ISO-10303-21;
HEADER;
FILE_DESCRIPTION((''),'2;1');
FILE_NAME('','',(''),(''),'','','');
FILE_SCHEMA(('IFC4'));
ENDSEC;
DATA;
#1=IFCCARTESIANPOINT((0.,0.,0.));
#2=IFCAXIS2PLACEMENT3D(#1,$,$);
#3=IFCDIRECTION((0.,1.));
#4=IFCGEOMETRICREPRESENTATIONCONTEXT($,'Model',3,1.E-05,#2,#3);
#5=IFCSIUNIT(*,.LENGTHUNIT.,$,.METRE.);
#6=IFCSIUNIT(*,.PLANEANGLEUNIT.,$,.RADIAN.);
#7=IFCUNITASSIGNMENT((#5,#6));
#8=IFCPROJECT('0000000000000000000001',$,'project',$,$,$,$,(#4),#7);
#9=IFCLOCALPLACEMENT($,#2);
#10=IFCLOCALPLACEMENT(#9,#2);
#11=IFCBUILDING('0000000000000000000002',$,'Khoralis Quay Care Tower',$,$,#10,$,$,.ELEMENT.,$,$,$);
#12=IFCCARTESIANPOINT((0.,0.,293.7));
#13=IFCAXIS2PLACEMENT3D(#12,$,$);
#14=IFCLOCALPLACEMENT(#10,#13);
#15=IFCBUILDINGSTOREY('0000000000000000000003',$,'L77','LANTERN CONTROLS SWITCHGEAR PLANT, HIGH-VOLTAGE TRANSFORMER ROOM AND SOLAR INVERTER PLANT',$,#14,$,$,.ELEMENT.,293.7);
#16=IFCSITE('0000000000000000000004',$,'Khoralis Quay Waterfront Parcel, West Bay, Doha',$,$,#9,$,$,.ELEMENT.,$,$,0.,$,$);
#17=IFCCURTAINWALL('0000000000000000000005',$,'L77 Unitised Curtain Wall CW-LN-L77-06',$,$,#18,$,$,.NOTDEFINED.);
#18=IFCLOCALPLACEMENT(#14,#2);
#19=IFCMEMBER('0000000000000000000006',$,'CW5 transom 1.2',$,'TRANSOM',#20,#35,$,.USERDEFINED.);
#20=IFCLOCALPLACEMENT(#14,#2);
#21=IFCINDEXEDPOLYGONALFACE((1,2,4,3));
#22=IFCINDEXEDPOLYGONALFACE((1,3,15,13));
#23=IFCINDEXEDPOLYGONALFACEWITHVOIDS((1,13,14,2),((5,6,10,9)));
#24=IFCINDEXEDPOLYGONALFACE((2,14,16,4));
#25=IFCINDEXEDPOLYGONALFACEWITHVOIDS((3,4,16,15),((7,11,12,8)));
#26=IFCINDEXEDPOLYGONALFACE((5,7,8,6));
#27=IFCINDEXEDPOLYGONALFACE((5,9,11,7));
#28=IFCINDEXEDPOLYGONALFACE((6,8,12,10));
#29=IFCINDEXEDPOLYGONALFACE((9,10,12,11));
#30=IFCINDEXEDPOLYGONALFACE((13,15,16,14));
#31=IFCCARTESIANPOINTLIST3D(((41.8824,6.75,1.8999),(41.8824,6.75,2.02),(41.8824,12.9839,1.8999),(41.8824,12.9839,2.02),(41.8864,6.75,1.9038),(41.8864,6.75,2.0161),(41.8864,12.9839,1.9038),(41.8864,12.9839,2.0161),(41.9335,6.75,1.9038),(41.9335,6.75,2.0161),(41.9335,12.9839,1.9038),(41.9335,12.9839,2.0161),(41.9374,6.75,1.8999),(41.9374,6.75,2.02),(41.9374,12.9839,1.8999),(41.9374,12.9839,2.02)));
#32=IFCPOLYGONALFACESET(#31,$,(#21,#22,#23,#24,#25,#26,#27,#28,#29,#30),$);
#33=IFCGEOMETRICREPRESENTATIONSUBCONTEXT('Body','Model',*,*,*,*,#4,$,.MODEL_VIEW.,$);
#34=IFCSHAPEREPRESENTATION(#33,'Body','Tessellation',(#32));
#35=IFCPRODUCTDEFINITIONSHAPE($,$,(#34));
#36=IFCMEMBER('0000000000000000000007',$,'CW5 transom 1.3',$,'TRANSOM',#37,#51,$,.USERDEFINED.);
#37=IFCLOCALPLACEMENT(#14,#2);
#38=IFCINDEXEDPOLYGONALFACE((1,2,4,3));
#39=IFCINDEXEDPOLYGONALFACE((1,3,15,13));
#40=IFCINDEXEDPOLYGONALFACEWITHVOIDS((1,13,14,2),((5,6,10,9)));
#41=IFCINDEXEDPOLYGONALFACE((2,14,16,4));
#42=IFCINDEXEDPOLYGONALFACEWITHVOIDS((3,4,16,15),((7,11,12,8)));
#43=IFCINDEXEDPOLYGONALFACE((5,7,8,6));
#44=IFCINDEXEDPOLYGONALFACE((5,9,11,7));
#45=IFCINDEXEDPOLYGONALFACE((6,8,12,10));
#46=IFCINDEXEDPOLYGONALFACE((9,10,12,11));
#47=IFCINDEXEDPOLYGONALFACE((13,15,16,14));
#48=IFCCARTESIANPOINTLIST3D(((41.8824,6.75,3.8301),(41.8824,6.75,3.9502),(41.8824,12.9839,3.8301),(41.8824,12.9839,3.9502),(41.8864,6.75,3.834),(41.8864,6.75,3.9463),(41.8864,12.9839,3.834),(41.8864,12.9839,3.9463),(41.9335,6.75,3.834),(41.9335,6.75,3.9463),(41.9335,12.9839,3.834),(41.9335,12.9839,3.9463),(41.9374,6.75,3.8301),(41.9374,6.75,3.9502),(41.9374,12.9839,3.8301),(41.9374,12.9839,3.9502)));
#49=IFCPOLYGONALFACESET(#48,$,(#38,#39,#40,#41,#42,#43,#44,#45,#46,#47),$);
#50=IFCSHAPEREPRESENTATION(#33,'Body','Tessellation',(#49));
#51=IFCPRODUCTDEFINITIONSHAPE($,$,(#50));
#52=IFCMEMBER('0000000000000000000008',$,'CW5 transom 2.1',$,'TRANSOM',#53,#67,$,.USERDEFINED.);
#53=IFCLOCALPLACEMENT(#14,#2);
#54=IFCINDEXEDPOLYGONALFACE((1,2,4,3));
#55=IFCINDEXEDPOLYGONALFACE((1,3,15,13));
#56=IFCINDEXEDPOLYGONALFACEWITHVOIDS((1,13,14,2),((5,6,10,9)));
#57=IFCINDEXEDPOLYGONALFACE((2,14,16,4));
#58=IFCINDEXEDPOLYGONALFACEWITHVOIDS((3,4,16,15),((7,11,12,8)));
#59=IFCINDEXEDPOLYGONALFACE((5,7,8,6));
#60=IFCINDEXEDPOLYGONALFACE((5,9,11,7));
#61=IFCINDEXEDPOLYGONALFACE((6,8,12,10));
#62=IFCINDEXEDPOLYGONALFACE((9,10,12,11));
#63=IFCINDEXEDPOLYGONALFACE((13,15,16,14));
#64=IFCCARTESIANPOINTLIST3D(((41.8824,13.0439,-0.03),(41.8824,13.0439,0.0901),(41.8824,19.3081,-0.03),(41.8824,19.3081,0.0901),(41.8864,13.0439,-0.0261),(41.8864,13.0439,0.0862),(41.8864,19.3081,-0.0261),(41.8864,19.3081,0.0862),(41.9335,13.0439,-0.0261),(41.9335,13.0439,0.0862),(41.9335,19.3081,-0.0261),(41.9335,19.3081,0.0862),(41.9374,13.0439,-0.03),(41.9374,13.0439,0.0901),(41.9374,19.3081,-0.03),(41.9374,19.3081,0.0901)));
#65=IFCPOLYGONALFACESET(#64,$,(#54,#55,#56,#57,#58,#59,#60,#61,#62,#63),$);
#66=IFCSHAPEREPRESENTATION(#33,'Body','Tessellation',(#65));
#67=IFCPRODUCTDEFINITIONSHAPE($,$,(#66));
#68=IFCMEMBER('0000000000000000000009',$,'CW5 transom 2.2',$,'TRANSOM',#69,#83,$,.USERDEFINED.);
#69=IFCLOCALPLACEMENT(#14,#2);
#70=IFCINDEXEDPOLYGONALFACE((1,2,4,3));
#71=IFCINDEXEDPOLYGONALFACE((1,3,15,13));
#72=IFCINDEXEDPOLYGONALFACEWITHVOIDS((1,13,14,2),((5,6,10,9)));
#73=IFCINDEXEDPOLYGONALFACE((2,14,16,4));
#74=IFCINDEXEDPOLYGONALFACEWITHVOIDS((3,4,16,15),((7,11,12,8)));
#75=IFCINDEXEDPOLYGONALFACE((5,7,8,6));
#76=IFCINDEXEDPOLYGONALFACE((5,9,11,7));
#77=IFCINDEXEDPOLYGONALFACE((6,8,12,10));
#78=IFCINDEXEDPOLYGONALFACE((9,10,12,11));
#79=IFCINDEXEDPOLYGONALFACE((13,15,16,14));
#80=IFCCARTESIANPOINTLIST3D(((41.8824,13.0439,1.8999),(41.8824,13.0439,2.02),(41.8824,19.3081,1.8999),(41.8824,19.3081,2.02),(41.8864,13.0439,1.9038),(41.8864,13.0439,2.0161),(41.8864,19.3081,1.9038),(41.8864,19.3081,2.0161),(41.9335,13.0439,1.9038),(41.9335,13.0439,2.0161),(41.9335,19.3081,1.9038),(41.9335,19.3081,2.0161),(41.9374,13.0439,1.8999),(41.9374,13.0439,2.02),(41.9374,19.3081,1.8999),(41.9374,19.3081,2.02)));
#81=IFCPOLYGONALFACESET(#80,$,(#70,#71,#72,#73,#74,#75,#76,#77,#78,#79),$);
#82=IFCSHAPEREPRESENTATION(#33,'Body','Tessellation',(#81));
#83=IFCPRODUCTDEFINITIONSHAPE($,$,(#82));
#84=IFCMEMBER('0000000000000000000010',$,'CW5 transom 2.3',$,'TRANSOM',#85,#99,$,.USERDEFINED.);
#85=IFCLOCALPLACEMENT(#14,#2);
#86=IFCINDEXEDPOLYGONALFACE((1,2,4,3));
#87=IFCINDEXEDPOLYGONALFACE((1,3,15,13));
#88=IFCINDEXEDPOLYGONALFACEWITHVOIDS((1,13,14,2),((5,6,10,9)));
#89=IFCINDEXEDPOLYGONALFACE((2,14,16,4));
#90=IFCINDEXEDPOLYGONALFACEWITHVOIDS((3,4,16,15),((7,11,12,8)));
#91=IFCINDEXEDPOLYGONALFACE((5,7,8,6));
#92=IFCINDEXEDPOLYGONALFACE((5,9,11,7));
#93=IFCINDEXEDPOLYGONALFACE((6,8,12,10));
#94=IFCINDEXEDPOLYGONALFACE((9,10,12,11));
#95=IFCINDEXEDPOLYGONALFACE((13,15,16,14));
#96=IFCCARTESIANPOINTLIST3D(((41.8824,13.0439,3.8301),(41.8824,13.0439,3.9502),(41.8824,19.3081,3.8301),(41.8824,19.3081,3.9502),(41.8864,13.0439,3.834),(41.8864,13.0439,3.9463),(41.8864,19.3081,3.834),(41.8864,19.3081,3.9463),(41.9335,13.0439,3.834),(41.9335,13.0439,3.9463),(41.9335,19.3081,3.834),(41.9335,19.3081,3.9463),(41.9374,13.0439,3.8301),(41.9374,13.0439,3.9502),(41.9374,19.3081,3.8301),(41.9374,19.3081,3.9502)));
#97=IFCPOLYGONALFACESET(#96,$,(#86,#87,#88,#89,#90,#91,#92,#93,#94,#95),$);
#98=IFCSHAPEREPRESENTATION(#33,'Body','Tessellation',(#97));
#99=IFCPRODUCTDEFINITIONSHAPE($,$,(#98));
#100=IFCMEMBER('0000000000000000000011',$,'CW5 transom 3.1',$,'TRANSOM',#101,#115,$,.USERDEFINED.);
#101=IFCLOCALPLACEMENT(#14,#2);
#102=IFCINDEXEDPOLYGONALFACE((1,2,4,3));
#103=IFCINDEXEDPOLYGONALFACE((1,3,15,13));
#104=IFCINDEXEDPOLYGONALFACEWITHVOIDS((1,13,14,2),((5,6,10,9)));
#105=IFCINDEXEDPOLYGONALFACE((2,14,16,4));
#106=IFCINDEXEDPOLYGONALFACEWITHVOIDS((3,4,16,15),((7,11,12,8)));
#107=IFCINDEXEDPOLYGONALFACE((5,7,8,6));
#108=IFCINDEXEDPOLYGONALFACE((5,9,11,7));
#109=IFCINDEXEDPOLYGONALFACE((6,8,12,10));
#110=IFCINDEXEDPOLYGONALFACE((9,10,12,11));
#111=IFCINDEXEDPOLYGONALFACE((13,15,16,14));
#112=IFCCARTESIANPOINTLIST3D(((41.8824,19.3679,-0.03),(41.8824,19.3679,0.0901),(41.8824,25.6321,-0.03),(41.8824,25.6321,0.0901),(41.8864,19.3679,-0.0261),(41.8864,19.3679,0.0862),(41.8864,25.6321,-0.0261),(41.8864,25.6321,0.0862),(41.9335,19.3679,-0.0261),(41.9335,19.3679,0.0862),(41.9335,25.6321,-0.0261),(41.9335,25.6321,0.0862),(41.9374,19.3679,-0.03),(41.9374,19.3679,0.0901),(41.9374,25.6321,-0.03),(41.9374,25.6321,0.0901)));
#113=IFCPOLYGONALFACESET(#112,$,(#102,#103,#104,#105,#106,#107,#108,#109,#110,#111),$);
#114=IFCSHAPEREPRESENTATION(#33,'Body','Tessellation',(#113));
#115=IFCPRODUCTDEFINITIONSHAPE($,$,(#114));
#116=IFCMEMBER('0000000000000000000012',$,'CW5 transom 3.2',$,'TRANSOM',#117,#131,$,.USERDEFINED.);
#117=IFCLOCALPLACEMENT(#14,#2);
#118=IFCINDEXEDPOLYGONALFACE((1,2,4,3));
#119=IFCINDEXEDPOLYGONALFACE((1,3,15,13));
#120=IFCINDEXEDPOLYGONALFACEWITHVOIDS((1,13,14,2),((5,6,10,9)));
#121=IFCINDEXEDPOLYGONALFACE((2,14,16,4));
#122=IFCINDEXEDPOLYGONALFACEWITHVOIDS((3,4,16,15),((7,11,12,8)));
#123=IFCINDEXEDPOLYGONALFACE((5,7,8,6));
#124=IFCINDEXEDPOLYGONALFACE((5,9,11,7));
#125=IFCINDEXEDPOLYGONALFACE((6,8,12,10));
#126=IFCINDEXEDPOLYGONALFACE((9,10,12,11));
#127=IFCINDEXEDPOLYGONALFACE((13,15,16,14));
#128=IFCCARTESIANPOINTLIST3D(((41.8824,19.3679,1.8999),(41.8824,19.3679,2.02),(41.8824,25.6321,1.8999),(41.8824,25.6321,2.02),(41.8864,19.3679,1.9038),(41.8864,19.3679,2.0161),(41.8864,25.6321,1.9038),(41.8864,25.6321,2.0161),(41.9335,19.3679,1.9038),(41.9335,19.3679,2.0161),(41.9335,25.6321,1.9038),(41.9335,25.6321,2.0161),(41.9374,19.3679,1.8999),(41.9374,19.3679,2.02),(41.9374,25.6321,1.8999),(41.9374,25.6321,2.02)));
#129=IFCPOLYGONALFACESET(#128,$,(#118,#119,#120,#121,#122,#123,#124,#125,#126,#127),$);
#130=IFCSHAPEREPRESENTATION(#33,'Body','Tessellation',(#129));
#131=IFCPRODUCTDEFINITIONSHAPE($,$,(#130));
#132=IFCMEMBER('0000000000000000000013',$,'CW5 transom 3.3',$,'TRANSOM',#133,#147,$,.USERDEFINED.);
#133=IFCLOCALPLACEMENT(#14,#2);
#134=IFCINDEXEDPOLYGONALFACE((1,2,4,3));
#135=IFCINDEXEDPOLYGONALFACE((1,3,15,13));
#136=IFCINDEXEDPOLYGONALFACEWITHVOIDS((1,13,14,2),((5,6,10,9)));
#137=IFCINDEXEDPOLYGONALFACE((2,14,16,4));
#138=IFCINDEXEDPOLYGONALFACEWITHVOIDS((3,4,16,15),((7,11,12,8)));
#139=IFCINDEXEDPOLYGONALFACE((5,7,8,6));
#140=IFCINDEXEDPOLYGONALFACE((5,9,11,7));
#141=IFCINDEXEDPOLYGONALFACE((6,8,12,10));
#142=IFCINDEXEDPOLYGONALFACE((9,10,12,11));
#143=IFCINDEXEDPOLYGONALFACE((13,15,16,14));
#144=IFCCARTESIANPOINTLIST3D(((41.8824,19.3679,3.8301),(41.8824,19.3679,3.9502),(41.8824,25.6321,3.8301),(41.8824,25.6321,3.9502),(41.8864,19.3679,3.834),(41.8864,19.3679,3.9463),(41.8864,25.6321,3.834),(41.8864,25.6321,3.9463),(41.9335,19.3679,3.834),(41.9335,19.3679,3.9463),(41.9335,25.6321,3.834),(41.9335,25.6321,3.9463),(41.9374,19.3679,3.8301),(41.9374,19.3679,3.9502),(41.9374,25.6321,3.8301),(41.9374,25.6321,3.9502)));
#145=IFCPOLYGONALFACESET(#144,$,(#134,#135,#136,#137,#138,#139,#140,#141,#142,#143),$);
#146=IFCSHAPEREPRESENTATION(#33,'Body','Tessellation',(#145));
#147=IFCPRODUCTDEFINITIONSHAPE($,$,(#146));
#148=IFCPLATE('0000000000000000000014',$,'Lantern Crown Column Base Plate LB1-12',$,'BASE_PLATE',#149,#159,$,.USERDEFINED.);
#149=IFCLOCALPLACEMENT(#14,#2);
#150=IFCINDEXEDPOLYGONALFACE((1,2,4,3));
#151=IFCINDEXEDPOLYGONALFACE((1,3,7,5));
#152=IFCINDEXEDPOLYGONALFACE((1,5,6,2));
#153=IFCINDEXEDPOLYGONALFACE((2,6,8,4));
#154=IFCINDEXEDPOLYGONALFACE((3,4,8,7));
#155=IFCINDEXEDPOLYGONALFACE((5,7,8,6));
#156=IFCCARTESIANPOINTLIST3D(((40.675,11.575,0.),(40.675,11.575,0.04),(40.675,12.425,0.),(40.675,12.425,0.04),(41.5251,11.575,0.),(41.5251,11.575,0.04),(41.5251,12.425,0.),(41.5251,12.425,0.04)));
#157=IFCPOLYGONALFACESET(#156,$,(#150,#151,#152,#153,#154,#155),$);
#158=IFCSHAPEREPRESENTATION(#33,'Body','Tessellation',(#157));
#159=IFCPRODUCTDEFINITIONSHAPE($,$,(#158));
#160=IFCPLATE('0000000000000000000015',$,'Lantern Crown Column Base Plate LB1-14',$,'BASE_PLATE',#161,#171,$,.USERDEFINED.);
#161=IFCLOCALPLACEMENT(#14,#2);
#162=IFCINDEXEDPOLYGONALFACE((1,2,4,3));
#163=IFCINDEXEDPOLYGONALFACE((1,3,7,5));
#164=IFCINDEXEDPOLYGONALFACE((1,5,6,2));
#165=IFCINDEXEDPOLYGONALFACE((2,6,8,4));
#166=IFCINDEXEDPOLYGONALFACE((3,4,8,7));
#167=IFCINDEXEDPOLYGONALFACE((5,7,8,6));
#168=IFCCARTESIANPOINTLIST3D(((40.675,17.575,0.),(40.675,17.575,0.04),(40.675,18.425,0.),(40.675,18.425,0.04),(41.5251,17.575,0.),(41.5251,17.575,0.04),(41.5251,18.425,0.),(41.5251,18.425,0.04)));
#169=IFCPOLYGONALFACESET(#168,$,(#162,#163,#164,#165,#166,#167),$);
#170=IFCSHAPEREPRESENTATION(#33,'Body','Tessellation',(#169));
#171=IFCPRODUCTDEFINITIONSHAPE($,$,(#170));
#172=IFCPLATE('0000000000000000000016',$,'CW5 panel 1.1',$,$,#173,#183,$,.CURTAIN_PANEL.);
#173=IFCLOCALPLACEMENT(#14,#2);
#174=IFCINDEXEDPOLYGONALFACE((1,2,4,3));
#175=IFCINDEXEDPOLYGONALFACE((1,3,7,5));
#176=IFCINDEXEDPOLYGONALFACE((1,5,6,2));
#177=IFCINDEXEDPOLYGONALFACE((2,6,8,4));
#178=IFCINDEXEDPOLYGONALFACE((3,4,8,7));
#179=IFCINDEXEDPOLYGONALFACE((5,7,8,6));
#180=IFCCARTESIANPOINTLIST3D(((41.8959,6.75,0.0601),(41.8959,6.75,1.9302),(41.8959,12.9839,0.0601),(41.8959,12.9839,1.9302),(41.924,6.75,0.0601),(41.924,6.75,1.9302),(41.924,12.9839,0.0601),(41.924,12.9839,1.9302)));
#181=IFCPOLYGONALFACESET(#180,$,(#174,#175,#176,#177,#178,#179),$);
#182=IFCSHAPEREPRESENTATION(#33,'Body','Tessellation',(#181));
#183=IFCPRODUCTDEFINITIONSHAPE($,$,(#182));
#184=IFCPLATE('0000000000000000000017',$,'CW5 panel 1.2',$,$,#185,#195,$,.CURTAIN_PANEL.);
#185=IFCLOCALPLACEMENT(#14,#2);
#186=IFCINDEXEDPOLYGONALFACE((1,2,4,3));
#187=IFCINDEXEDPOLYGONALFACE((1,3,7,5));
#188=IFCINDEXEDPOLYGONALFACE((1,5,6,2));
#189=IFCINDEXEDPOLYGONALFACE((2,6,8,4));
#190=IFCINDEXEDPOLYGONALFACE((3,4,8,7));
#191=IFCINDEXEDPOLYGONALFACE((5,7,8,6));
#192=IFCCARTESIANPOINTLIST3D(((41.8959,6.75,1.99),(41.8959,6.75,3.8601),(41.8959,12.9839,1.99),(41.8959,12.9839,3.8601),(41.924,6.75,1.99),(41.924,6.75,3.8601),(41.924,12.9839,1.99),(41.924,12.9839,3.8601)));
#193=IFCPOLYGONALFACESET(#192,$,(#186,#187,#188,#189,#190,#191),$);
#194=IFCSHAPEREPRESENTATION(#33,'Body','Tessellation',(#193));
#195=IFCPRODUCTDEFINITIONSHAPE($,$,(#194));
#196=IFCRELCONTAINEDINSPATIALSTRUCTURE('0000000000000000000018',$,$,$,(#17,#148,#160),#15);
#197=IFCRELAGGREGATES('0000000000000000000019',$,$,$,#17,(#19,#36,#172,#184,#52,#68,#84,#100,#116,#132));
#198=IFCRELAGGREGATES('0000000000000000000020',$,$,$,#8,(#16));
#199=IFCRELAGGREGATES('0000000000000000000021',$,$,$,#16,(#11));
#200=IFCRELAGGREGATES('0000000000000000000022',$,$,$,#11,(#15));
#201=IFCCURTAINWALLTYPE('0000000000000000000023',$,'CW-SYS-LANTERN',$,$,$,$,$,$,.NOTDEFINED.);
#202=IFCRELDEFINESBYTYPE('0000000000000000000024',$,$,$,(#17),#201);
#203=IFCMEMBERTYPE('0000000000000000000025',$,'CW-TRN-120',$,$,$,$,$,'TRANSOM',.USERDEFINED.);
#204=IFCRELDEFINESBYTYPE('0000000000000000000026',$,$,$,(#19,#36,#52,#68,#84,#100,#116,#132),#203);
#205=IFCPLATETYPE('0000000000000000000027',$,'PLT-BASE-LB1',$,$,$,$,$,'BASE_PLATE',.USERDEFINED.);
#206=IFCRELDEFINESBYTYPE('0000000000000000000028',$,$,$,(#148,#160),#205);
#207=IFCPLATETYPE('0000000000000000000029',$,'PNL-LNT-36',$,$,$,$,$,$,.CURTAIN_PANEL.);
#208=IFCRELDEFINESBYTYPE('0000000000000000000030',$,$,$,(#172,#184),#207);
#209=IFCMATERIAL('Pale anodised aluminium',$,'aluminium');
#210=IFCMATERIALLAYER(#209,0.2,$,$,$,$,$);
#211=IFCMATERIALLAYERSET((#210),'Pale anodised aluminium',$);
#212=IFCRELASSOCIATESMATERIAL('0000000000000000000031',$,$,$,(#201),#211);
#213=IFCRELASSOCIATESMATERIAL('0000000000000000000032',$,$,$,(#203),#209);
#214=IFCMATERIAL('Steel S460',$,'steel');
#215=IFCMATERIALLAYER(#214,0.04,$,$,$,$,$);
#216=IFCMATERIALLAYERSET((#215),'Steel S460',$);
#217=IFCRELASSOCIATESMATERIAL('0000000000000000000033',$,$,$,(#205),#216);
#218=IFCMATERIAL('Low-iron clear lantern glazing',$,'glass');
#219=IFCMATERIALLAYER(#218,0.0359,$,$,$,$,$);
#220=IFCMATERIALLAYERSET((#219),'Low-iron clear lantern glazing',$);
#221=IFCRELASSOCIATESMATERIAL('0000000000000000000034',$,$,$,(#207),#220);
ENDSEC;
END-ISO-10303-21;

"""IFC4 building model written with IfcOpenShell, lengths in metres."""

from ifc_helpers import new_model, si_unit, direction, frame, origin, origin_2d, place, context, subcontext, project, spatial, rectangle, hollow_rectangle, extrude, source, transform, mapped, material, layer, layer_set, material_profile, profile_set, type_object, element, aggregate, save


model = new_model("IFC4")

# Units and contexts
model_context = context("Model", 3, precision=1e-05, world=origin(), true_north=direction((0.0, 1.0)))
body_context = subcontext(model_context, "Body", "Model", "MODEL_VIEW")
ifc_project = project(units=[si_unit("LENGTHUNIT", "METRE"), si_unit("PLANEANGLEUNIT", "RADIAN")], contexts=[model_context])

# Site, building, storey
site_placement = place(None, origin())
site = spatial("IfcSite", under=ifc_project, at=site_placement, Name="Khoralis Quay Waterfront Parcel, West Bay, Doha", CompositionType="ELEMENT", RefElevation=0.0)
building_placement = place(site_placement, origin())
building = spatial("IfcBuilding", under=site, at=building_placement, Name="Khoralis Quay Care Tower", CompositionType="ELEMENT")
storey_placement = place(building_placement, frame((0.0, 0.0, 293.7)))
storey = spatial("IfcBuildingStorey", under=building, at=storey_placement, Name="L77", Description="LANTERN CONTROLS SWITCHGEAR PLANT, HIGH-VOLTAGE TRANSFORMER ROOM AND SOLAR INVERTER PLANT", CompositionType="ELEMENT", Elevation=293.7)

# Shared definitions
ifc_material_1 = material(Name="Steel S460", Category="steel")

# Shared definitions
ifc_material_2 = material(Name="Pale anodised aluminium", Category="aluminium")
ifc_layer_1 = layer(ifc_material_2, 0.2)
ifc_layer_set_1 = layer_set([ifc_layer_1], Name="Pale anodised aluminium")
curtain_wall_type = type_object("IfcCurtainWallType", Name="CW-SYS-LANTERN", PredefinedType="NOTDEFINED", material=ifc_layer_set_1)

# Curtain wall, members
curtain_wall_1_placement = place(storey_placement, origin())
curtain_wall_1 = element("IfcCurtainWall", 1, at=curtain_wall_1_placement, inside=storey, type_object=curtain_wall_type, Name="L77 Unitised Curtain Wall CW-LN-L77-06", PredefinedType="NOTDEFINED")
ifc_material_profile_1 = material_profile(ifc_material_2, hollow_rectangle(XDim=0.0549, YDim=0.1201, WallThickness=0.0039, at=origin_2d()), Name="Pale anodised aluminium")
ifc_profile_set_1 = profile_set([ifc_material_profile_1], Name="Pale anodised aluminium")
member_type_1 = type_object("IfcMemberType", Name="CW-TRN-120", ElementType="TRANSOM", PredefinedType="USERDEFINED", material=ifc_profile_set_1)
shared_shape_1 = source(origin(), body_context, "Body", "SweptSolid", [
    extrude(hollow_rectangle(XDim=0.0549, YDim=0.1201, WallThickness=0.0039, at=origin_2d()), origin(), (0.0, 0.0, 1.0), 6.2339),
])
member_1_placement = place(storey_placement, frame((41.9099, 6.75, 1.96), z_axis=(0.0, 1.0, 0.0), x_axis=(-1.0, 0.0, 0.0)))
member_1 = element("IfcMember", 2, at=member_1_placement, type_object=member_type_1, Name="CW5 transom 1.2", ObjectType="TRANSOM", PredefinedType="USERDEFINED", context=body_context, shape_type="MappedRepresentation", body=[
    mapped(shared_shape_1, transform((0.0, 0.0, 0.0), scale=1.0)),
])
member_2_placement = place(storey_placement, frame((41.9099, 6.75, 3.8901), z_axis=(0.0, 1.0, 0.0), x_axis=(-1.0, 0.0, 0.0)))
member_2 = element("IfcMember", 3, at=member_2_placement, type_object=member_type_1, Name="CW5 transom 1.3", ObjectType="TRANSOM", PredefinedType="USERDEFINED", context=body_context, shape_type="MappedRepresentation", body=[
    mapped(shared_shape_1, transform((0.0, 0.0, 0.0), scale=1.0)),
])
shared_shape_2 = source(origin(), body_context, "Body", "SweptSolid", [
    extrude(hollow_rectangle(XDim=0.0549, YDim=0.1201, WallThickness=0.0039, at=origin_2d()), origin(), (0.0, 0.0, 1.0), 6.2642),
])
member_3_placement = place(storey_placement, frame((41.9099, 13.0439, 0.03), z_axis=(0.0, 1.0, 0.0), x_axis=(-1.0, 0.0, 0.0)))
member_3 = element("IfcMember", 4, at=member_3_placement, type_object=member_type_1, Name="CW5 transom 2.1", ObjectType="TRANSOM", PredefinedType="USERDEFINED", context=body_context, shape_type="MappedRepresentation", body=[
    mapped(shared_shape_2, transform((0.0, 0.0, 0.0), scale=1.0)),
])
member_4_placement = place(storey_placement, frame((41.9099, 13.0439, 1.96), z_axis=(0.0, 1.0, 0.0), x_axis=(-1.0, 0.0, 0.0)))
member_4 = element("IfcMember", 5, at=member_4_placement, type_object=member_type_1, Name="CW5 transom 2.2", ObjectType="TRANSOM", PredefinedType="USERDEFINED", context=body_context, shape_type="MappedRepresentation", body=[
    mapped(shared_shape_2, transform((0.0, 0.0, 0.0), scale=1.0)),
])
member_5_placement = place(storey_placement, frame((41.9099, 13.0439, 3.8901), z_axis=(0.0, 1.0, 0.0), x_axis=(-1.0, 0.0, 0.0)))
member_5 = element("IfcMember", 6, at=member_5_placement, type_object=member_type_1, Name="CW5 transom 2.3", ObjectType="TRANSOM", PredefinedType="USERDEFINED", context=body_context, shape_type="MappedRepresentation", body=[
    mapped(shared_shape_2, transform((0.0, 0.0, 0.0), scale=1.0)),
])
member_6_placement = place(storey_placement, frame((41.9099, 19.3679, 0.03), z_axis=(0.0, 1.0, 0.0), x_axis=(-1.0, 0.0, 0.0)))
member_6 = element("IfcMember", 7, at=member_6_placement, type_object=member_type_1, Name="CW5 transom 3.1", ObjectType="TRANSOM", PredefinedType="USERDEFINED", context=body_context, shape_type="MappedRepresentation", body=[
    mapped(shared_shape_2, transform((0.0, 0.0, 0.0), scale=1.0)),
])
member_7_placement = place(storey_placement, frame((41.9099, 19.3679, 1.96), z_axis=(0.0, 1.0, 0.0), x_axis=(-1.0, 0.0, 0.0)))
member_7 = element("IfcMember", 8, at=member_7_placement, type_object=member_type_1, Name="CW5 transom 3.2", ObjectType="TRANSOM", PredefinedType="USERDEFINED", context=body_context, shape_type="MappedRepresentation", body=[
    mapped(shared_shape_2, transform((0.0, 0.0, 0.0), scale=1.0)),
])
member_8_placement = place(storey_placement, frame((41.9099, 19.3679, 3.8901), z_axis=(0.0, 1.0, 0.0), x_axis=(-1.0, 0.0, 0.0)))
member_8 = element("IfcMember", 9, at=member_8_placement, type_object=member_type_1, Name="CW5 transom 3.3", ObjectType="TRANSOM", PredefinedType="USERDEFINED", context=body_context, shape_type="MappedRepresentation", body=[
    mapped(shared_shape_2, transform((0.0, 0.0, 0.0), scale=1.0)),
])

# Plates
ifc_layer_2 = layer(ifc_material_1, 0.04)
ifc_layer_set_2 = layer_set([ifc_layer_2], Name="Steel S460")
plate_type_1 = type_object("IfcPlateType", Name="PLT-BASE-LB1", ElementType="BASE_PLATE", PredefinedType="USERDEFINED", material=ifc_layer_set_2)
shared_shape_3 = source(origin(), body_context, "Body", "SweptSolid", [
    extrude(rectangle(XDim=0.8501, YDim=0.8501, at=origin_2d()), origin(), (0.0, 0.0, 1.0), 0.04),
])
for number, where, z_axis, x_axis, name in (
    (10, (41.1001, 12.0, 0.0), (0.0, 0.0, 1.0), (1.0, 0.0, 0.0), "Lantern Crown Column Base Plate LB1-12"),
    (11, (41.1001, 18.0, 0.0), (0.0, 0.0, 1.0), (1.0, 0.0, 0.0), "Lantern Crown Column Base Plate LB1-14"),
):
    element("IfcPlate", number, at=place(storey_placement, frame(where, z_axis=z_axis, x_axis=x_axis)), inside=storey, type_object=plate_type_1, Name=name, ObjectType="BASE_PLATE", PredefinedType="USERDEFINED", context=body_context, shape_type="MappedRepresentation", body=[
        mapped(shared_shape_3, transform((0.0, 0.0, 0.0), scale=1.0)),
    ])

# Plates
ifc_material_3 = material(Name="Low-iron clear lantern glazing", Category="glass")
ifc_layer_3 = layer(ifc_material_3, 0.0359)
ifc_layer_set_3 = layer_set([ifc_layer_3], Name="Low-iron clear lantern glazing")
plate_type_2 = type_object("IfcPlateType", Name="PNL-LNT-36", PredefinedType="CURTAIN_PANEL", material=ifc_layer_set_3)
shared_shape_4 = source(origin(), body_context, "Body", "SweptSolid", [
    extrude(rectangle(XDim=6.2339, YDim=0.0281, at=origin_2d()), origin(), (0.0, 0.0, 1.0), 1.8701),
])
plate_1_placement = place(storey_placement, frame((41.9099, 9.8669, 0.0601), z_axis=(0.0, 0.0, 1.0), x_axis=(0.0, 1.0, 0.0)))
plate_1 = element("IfcPlate", 12, at=plate_1_placement, type_object=plate_type_2, Name="CW5 panel 1.1", PredefinedType="CURTAIN_PANEL", context=body_context, shape_type="MappedRepresentation", body=[
    mapped(shared_shape_4, transform((0.0, 0.0, 0.0), scale=1.0)),
])
plate_2_placement = place(storey_placement, frame((41.9099, 9.8669, 1.99), z_axis=(0.0, 0.0, 1.0), x_axis=(0.0, 1.0, 0.0)))
plate_2 = element("IfcPlate", 13, at=plate_2_placement, type_object=plate_type_2, Name="CW5 panel 1.2", PredefinedType="CURTAIN_PANEL", context=body_context, shape_type="MappedRepresentation", body=[
    mapped(shared_shape_4, transform((0.0, 0.0, 0.0), scale=1.0)),
])
aggregate(curtain_wall_1, [member_1, member_2, plate_1, plate_2, member_3, member_4, member_5, member_6, member_7, member_8])

save(model, "model.ifc")
